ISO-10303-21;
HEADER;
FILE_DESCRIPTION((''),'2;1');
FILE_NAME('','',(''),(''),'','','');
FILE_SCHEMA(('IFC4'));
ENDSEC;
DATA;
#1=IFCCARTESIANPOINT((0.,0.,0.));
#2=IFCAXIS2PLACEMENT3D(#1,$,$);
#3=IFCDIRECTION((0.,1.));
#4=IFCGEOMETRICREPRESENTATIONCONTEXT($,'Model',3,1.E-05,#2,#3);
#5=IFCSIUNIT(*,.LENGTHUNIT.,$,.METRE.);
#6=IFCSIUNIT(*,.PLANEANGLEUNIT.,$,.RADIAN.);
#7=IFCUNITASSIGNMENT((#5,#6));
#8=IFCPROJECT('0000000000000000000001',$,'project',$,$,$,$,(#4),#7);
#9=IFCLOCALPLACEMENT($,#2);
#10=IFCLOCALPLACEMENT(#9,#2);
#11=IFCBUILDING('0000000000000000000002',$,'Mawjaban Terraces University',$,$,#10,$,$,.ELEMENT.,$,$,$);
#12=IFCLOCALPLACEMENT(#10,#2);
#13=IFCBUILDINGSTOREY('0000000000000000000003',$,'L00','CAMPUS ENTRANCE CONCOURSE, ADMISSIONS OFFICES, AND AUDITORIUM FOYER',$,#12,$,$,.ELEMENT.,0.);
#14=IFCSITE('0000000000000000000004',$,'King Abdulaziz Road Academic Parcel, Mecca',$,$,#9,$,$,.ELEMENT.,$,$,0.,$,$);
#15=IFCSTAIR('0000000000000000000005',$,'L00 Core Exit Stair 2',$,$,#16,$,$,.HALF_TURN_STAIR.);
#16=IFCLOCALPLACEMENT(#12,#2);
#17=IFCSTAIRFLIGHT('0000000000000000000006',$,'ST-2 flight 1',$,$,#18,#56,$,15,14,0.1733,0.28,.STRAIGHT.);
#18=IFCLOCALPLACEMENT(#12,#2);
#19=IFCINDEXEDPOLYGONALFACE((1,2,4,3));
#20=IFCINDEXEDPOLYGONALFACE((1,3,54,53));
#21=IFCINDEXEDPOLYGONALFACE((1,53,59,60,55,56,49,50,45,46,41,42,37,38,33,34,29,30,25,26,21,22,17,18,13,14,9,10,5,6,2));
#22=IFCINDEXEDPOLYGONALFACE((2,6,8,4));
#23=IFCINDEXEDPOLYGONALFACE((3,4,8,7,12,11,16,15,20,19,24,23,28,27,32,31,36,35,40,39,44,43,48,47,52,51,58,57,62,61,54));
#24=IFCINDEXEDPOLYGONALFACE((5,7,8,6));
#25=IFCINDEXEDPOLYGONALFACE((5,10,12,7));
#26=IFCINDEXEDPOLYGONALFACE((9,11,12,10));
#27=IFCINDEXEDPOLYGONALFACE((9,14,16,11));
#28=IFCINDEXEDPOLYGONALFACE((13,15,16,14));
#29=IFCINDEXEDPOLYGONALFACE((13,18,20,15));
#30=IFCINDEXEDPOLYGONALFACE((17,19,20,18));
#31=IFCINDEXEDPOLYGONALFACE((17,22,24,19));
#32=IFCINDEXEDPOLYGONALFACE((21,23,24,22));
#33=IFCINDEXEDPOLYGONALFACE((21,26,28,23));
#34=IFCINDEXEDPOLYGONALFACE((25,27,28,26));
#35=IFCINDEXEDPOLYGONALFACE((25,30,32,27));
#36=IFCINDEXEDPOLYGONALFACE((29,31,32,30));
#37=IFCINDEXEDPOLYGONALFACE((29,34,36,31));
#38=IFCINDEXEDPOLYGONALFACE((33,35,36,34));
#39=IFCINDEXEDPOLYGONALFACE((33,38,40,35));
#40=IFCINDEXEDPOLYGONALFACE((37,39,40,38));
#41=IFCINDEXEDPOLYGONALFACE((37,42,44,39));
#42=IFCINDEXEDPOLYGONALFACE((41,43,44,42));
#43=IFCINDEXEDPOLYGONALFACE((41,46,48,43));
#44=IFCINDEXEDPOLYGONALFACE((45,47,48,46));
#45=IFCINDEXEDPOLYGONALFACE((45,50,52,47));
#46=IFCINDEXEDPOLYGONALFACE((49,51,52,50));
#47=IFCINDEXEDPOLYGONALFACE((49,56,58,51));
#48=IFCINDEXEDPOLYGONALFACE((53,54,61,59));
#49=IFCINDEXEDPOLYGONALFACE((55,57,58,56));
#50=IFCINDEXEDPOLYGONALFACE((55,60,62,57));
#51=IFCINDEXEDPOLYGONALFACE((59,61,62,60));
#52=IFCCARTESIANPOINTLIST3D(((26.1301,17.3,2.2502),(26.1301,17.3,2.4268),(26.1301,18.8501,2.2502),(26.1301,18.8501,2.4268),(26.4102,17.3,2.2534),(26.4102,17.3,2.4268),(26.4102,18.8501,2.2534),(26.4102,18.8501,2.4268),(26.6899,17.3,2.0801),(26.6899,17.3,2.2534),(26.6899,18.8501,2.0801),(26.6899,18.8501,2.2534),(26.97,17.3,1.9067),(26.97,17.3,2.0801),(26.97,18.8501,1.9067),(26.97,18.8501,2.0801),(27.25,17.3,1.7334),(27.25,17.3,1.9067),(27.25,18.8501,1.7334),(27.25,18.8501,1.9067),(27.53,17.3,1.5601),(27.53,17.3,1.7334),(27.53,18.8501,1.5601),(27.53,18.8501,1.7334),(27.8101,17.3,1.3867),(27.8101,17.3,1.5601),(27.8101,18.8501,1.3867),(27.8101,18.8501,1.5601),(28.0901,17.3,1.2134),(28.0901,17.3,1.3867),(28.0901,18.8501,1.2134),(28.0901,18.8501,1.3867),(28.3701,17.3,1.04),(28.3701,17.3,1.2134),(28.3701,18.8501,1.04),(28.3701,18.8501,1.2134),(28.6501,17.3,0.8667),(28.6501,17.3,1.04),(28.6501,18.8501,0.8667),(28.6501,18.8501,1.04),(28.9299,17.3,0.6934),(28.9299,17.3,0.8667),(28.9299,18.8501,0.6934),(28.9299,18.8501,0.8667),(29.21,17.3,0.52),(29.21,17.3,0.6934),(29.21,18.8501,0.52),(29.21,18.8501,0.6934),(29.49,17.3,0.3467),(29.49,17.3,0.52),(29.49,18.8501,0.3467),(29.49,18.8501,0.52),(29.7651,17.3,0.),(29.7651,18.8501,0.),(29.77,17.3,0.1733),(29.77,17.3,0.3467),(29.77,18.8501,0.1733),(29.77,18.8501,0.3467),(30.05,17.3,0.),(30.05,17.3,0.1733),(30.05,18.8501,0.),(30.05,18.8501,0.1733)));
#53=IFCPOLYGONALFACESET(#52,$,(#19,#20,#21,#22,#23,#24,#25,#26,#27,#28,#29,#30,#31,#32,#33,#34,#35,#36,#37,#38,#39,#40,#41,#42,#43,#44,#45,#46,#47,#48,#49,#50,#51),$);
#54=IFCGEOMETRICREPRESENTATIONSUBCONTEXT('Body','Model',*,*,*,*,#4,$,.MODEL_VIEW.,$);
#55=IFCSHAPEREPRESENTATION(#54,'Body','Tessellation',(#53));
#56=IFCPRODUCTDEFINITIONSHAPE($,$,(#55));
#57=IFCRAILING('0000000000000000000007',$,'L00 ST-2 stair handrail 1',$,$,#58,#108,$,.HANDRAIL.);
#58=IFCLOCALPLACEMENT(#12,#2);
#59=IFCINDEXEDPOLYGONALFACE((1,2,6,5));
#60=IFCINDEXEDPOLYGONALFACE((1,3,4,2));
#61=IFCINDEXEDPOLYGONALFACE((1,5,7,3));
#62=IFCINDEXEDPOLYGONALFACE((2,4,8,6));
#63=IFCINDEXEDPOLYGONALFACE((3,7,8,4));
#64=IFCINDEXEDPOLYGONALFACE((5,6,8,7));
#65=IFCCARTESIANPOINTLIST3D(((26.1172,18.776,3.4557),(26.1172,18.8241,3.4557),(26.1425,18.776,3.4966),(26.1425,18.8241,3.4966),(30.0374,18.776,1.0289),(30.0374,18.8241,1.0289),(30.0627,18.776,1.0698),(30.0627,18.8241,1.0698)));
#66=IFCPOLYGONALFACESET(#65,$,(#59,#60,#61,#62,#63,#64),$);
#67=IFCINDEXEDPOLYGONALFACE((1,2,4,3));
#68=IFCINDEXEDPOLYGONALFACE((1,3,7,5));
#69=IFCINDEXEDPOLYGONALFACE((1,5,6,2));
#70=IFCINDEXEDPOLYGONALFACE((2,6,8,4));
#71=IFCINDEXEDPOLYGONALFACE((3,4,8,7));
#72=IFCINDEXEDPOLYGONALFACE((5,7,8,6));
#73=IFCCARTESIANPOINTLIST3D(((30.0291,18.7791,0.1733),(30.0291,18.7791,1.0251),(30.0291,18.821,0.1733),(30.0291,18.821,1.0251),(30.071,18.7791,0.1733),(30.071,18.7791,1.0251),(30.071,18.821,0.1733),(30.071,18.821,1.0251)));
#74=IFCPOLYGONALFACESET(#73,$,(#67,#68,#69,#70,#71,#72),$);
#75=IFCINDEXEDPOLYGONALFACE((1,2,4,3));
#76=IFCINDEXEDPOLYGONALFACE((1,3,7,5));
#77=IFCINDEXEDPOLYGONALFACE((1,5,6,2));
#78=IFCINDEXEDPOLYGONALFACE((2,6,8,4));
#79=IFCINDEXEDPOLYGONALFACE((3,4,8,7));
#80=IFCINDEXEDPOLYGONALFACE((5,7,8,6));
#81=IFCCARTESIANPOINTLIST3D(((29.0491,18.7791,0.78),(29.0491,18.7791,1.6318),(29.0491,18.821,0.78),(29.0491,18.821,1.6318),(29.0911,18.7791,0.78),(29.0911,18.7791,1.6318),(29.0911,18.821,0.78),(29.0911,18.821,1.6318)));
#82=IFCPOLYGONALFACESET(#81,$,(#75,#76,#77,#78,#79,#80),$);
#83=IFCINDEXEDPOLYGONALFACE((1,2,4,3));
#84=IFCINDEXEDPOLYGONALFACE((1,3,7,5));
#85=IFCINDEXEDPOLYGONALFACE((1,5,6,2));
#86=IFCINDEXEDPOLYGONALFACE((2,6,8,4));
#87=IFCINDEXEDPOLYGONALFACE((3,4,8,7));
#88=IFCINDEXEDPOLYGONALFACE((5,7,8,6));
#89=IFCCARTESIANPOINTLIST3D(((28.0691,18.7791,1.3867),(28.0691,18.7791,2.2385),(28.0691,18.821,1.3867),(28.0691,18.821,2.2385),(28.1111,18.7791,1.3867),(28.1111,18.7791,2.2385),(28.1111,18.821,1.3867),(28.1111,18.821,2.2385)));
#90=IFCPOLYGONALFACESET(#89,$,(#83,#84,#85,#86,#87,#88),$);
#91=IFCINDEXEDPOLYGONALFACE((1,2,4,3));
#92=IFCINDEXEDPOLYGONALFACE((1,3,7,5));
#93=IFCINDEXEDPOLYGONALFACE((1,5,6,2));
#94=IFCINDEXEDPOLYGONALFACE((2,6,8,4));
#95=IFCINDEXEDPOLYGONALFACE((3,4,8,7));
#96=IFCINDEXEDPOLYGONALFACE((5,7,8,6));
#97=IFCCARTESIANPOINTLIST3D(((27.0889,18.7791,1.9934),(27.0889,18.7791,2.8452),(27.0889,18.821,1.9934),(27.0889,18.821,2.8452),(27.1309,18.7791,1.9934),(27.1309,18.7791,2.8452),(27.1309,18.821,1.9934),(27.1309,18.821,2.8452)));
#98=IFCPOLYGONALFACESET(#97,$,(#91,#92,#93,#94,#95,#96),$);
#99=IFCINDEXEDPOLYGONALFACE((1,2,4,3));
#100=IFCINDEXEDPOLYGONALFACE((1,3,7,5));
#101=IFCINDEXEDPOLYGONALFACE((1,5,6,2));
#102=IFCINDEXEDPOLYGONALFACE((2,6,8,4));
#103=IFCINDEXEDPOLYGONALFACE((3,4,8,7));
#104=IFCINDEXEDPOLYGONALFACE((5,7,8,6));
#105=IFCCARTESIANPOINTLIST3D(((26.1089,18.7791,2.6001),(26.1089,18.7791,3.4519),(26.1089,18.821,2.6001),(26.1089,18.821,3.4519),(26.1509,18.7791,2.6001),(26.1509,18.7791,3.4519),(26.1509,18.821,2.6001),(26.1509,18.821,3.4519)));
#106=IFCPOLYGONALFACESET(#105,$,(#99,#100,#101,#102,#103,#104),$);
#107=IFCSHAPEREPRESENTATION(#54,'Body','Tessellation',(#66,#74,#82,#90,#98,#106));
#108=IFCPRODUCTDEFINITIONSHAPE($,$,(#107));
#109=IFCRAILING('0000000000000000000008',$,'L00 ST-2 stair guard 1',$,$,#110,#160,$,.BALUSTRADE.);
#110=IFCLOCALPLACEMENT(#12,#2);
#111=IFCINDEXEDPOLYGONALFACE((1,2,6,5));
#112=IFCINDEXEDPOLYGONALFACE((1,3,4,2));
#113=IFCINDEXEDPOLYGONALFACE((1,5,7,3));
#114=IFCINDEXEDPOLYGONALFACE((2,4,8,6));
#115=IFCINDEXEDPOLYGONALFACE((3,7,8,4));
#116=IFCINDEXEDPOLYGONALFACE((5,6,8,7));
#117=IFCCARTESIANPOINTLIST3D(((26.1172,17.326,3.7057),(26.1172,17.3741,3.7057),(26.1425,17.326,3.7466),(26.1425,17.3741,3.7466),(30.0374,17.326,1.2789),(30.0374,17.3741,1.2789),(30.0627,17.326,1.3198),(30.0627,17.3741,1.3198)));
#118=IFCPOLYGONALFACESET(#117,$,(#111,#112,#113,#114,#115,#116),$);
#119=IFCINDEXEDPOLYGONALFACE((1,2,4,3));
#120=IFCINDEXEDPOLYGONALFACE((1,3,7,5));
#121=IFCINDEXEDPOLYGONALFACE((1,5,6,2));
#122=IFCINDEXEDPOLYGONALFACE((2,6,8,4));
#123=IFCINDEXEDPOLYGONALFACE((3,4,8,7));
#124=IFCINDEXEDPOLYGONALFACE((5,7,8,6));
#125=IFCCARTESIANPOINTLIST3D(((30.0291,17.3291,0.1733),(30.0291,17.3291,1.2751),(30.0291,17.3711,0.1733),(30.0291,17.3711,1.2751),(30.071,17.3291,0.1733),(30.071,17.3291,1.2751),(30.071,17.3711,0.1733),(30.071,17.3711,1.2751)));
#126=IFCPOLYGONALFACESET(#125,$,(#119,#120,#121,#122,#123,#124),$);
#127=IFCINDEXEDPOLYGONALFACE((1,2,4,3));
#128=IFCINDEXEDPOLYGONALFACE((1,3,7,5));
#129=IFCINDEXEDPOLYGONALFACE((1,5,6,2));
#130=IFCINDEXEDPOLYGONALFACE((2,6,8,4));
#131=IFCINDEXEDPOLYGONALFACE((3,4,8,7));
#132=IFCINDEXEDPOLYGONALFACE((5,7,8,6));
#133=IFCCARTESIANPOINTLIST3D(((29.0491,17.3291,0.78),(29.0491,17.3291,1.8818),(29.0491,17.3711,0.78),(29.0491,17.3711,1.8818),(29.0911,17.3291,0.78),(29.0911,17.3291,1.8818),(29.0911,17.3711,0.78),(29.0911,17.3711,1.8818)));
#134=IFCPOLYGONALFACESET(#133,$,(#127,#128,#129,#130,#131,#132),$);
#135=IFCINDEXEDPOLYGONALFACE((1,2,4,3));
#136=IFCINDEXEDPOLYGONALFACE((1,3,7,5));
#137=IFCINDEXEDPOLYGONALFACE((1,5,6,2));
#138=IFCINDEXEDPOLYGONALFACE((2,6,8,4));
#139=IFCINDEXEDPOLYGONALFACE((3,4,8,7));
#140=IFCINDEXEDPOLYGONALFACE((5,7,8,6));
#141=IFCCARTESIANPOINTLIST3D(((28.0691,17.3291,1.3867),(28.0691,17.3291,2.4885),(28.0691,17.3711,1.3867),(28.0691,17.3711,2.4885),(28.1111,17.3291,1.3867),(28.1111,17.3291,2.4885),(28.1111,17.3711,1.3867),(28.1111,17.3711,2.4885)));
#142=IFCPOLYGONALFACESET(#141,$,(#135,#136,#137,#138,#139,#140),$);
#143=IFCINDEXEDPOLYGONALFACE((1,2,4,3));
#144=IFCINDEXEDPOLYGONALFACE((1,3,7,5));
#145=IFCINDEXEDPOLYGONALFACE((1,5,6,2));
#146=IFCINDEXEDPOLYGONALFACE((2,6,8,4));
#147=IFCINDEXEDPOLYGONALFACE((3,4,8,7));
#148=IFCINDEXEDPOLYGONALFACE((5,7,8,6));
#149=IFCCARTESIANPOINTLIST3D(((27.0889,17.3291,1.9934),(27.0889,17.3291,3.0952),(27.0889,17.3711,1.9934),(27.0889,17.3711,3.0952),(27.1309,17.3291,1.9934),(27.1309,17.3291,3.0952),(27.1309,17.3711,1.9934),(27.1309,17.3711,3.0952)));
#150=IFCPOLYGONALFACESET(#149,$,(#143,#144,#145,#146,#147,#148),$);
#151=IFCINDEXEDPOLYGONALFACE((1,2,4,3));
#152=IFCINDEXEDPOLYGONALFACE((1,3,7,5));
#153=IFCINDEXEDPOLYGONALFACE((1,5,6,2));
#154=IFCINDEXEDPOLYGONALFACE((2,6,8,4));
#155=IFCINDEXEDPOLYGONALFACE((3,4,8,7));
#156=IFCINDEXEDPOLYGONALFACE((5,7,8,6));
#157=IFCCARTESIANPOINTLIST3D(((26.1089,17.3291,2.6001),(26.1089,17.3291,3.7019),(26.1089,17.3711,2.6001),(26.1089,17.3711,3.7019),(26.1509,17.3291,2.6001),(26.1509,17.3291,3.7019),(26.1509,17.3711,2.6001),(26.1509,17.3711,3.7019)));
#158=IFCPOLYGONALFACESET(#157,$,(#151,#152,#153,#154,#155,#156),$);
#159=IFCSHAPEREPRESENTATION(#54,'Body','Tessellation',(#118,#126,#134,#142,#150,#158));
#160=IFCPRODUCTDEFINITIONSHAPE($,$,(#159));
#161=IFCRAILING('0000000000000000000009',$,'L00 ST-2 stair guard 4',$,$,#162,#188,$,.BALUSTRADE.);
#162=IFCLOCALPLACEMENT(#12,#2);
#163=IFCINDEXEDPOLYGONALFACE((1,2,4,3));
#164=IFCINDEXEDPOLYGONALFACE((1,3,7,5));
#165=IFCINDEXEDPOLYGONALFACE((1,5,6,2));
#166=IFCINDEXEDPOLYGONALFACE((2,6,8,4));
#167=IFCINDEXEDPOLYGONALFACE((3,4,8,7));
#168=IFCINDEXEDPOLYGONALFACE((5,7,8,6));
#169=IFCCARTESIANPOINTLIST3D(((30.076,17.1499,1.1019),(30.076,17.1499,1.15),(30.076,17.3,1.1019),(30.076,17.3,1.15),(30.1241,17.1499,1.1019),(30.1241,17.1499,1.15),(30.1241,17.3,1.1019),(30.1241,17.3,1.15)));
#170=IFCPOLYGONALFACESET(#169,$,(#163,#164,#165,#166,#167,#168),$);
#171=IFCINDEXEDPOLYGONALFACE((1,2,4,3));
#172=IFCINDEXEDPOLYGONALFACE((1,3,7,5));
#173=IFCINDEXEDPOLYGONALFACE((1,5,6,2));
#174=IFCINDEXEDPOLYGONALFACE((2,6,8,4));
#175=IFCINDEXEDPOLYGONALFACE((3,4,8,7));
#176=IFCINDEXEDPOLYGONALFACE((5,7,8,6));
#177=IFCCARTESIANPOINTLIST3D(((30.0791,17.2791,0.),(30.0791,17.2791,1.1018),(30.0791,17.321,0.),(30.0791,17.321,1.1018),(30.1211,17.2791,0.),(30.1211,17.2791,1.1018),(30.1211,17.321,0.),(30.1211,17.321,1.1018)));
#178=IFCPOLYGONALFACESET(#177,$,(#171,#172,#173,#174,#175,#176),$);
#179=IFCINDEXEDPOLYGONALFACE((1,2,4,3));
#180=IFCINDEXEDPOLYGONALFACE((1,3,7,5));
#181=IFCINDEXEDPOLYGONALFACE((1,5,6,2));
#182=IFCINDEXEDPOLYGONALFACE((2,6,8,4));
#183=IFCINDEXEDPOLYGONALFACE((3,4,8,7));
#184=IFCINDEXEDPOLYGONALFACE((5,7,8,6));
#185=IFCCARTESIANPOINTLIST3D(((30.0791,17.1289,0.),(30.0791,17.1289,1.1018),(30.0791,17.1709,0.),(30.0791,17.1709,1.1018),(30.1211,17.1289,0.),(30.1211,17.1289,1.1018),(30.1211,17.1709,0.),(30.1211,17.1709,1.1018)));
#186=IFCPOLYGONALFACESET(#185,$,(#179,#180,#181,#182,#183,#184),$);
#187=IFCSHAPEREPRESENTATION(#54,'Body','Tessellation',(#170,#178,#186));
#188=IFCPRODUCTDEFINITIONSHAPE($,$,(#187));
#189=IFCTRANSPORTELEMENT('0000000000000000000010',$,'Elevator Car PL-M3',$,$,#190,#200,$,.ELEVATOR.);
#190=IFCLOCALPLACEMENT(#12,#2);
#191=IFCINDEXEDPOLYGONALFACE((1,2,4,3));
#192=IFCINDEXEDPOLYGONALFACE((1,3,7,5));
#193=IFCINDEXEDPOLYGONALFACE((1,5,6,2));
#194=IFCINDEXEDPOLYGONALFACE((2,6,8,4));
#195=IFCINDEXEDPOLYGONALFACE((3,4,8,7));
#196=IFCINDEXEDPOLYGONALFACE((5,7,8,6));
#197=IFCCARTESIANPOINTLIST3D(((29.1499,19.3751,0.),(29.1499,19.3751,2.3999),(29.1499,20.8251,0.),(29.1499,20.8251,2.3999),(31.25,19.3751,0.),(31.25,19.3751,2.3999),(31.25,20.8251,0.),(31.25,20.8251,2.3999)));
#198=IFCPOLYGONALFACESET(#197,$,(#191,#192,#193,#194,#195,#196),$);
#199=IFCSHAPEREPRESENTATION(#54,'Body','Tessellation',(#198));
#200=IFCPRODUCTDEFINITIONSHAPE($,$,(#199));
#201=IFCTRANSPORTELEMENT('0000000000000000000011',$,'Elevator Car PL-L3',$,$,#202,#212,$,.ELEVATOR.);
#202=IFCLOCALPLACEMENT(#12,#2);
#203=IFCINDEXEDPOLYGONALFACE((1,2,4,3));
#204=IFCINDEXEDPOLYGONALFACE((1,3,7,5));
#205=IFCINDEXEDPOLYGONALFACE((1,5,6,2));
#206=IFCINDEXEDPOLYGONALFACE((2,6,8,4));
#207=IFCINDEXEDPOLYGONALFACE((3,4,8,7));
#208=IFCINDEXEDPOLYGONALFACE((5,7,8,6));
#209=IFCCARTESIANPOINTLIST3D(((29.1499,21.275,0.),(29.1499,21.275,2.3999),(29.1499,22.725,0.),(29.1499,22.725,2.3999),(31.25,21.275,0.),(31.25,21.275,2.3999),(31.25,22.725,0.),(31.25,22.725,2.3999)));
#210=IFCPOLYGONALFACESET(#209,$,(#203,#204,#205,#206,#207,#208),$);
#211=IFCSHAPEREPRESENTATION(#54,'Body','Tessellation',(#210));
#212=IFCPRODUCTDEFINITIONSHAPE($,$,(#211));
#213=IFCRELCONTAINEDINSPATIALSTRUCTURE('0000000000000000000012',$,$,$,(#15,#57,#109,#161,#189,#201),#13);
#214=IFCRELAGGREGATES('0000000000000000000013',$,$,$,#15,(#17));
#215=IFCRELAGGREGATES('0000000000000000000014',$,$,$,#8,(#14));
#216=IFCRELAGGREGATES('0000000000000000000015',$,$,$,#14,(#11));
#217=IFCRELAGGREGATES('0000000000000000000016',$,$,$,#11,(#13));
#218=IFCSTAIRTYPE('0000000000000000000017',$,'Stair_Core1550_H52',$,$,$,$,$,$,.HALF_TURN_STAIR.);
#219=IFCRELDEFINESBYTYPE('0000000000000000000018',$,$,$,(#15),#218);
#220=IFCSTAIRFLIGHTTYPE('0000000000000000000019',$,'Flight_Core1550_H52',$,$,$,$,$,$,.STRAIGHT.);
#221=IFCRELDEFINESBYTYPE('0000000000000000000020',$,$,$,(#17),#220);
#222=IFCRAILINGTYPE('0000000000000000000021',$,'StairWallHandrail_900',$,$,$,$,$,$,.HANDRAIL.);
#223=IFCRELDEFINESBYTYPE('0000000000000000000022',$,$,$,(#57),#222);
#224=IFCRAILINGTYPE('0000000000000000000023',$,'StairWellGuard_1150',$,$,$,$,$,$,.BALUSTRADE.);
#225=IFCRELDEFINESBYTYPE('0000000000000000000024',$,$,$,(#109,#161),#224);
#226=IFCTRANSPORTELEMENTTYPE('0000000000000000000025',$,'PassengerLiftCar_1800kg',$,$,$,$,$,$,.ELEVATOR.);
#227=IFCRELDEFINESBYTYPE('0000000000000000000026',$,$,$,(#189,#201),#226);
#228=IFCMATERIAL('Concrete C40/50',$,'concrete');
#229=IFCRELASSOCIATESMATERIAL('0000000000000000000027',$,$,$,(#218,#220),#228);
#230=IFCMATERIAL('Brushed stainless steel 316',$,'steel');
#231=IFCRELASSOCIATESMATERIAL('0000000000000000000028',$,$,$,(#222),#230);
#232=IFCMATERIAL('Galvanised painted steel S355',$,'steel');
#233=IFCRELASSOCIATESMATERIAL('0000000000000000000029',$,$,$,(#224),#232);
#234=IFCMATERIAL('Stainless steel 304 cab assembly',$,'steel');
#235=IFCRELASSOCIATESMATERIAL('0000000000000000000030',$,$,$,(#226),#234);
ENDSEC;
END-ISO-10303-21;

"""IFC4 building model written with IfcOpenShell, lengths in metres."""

from ifc_helpers import new_model, si_unit, direction, frame, origin, origin_2d, place, context, subcontext, project, spatial, polyline, rectangle, outline, extrude, material, type_object, element, aggregate, save


model = new_model("IFC4")

# Units and contexts
model_context = context("Model", 3, precision=1e-05, world=origin(), true_north=direction((0.0, 1.0)))
body_context = subcontext(model_context, "Body", "Model", "MODEL_VIEW")
ifc_project = project(units=[si_unit("LENGTHUNIT", "METRE"), si_unit("PLANEANGLEUNIT", "RADIAN")], contexts=[model_context])

# Site, building, storey
site_placement = place(None, origin())
site = spatial("IfcSite", under=ifc_project, at=site_placement, Name="King Abdulaziz Road Academic Parcel, Mecca", CompositionType="ELEMENT", RefElevation=0.0)
building_placement = place(site_placement, origin())
building = spatial("IfcBuilding", under=site, at=building_placement, Name="Mawjaban Terraces University", CompositionType="ELEMENT")
storey_placement = place(building_placement, origin())
storey = spatial("IfcBuildingStorey", under=building, at=storey_placement, Name="L00", Description="CAMPUS ENTRANCE CONCOURSE, ADMISSIONS OFFICES, AND AUDITORIUM FOYER", CompositionType="ELEMENT", Elevation=0.0)

# Shared definitions
ifc_material_1 = material(Name="Concrete C40/50", Category="concrete")

# Stair, stair flight
stair_type = type_object("IfcStairType", Name="Stair_Core1550_H52", PredefinedType="HALF_TURN_STAIR", material=ifc_material_1)
stair_placement = place(storey_placement, origin())
stair = element("IfcStair", 1, at=stair_placement, inside=storey, type_object=stair_type, Name="L00 Core Exit Stair 2", PredefinedType="HALF_TURN_STAIR")
stair_flight_type = type_object("IfcStairFlightType", Name="Flight_Core1550_H52", PredefinedType="STRAIGHT", material=ifc_material_1)
stair_flight_placement = place(storey_placement, frame((30.05, 18.075, 0.0), z_axis=(0.0, 0.0, 1.0), x_axis=(-1.0, 0.0, 0.0)))
stair_flight = element("IfcStairFlight", 2, at=stair_flight_placement, type_object=stair_flight_type, Name="ST-2 flight 1", NumberOfRisers=15, NumberOfTreads=14, PredefinedType="STRAIGHT", RiserHeight=0.1733, TreadLength=0.28, context=body_context, shape_type="SweptSolid", body=[
    extrude(outline(polyline([(0.0, 0.0), (0.0, 0.1733), (0.28, 0.1733), (0.28, 0.3467), (0.5601, 0.3467), (0.5601, 0.52), (0.8401, 0.52), (0.8401, 0.6934), (1.1201, 0.6934), (1.1201, 0.8667), (1.3999, 0.8667), (1.3999, 1.04), (1.6799, 1.04), (1.6799, 1.2134), (1.96, 1.2134), (1.96, 1.3867), (2.24, 1.3867), (2.24, 1.5601), (2.52, 1.5601), (2.52, 1.7334), (2.8, 1.7334), (2.8, 1.9067), (3.0801, 1.9067), (3.0801, 2.0801), (3.3601, 2.0801), (3.3601, 2.2534), (3.6399, 2.2534), (3.6399, 2.4268), (3.9199, 2.4268), (3.9199, 2.6001), (3.9199, 2.2502), (0.2849, 0.0), (0.0, 0.0)])), frame((0.0, 0.7749, 0.0), z_axis=(0.0, -1.0, 0.0), x_axis=(1.0, 0.0, 0.0)), (0.0, 0.0, 1.0), 1.55),
])
aggregate(stair, [stair_flight])

# Railings
ifc_material_2 = material(Name="Brushed stainless steel 316", Category="steel")
railing_type_1 = type_object("IfcRailingType", Name="StairWallHandrail_900", PredefinedType="HANDRAIL", material=ifc_material_2)
railing_1_placement = place(storey_placement, frame((30.05, 18.8, 0.1733)))
element("IfcRailing", 3, at=railing_1_placement, inside=storey, type_object=railing_type_1, Name="L00 ST-2 stair handrail 1", PredefinedType="HANDRAIL", context=body_context, shape_type="SweptSolid", body=[
    extrude(rectangle(XDim=0.0481, YDim=0.0481, at=origin_2d()), frame((0.0, 0.0, 0.876), z_axis=(-0.850266, 0.0, 0.526353), x_axis=(0.0, -1.0, 0.0)), (0.0, 0.0, 1.0), 4.6106),
    extrude(rectangle(XDim=0.042, YDim=0.042, at=origin_2d()), origin(), (0.0, 0.0, 1.0), 0.8518),
    extrude(rectangle(XDim=0.042, YDim=0.042, at=origin_2d()), frame((-0.98, 0.0, 0.6067)), (0.0, 0.0, 1.0), 0.8518),
    extrude(rectangle(XDim=0.042, YDim=0.042, at=origin_2d()), frame((-1.96, 0.0, 1.2134)), (0.0, 0.0, 1.0), 0.8518),
    extrude(rectangle(XDim=0.042, YDim=0.042, at=origin_2d()), frame((-2.9402, 0.0, 1.8201)), (0.0, 0.0, 1.0), 0.8518),
    extrude(rectangle(XDim=0.042, YDim=0.042, at=origin_2d()), frame((-3.9202, 0.0, 2.4268)), (0.0, 0.0, 1.0), 0.8518),
])
ifc_material_3 = material(Name="Galvanised painted steel S355", Category="steel")
railing_type_2 = type_object("IfcRailingType", Name="StairWellGuard_1150", PredefinedType="BALUSTRADE", material=ifc_material_3)
railing_2_placement = place(storey_placement, frame((30.05, 17.3501, 0.1733)))
element("IfcRailing", 4, at=railing_2_placement, inside=storey, type_object=railing_type_2, Name="L00 ST-2 stair guard 1", PredefinedType="BALUSTRADE", context=body_context, shape_type="SweptSolid", body=[
    extrude(rectangle(XDim=0.0481, YDim=0.0481, at=origin_2d()), frame((0.0, 0.0, 1.126), z_axis=(-0.850266, 0.0, 0.526353), x_axis=(0.0, -1.0, 0.0)), (0.0, 0.0, 1.0), 4.6106),
    extrude(rectangle(XDim=0.042, YDim=0.042, at=origin_2d()), origin(), (0.0, 0.0, 1.0), 1.1018),
    extrude(rectangle(XDim=0.042, YDim=0.042, at=origin_2d()), frame((-0.98, 0.0, 0.6067)), (0.0, 0.0, 1.0), 1.1018),
    extrude(rectangle(XDim=0.042, YDim=0.042, at=origin_2d()), frame((-1.96, 0.0, 1.2134)), (0.0, 0.0, 1.0), 1.1018),
    extrude(rectangle(XDim=0.042, YDim=0.042, at=origin_2d()), frame((-2.9402, 0.0, 1.8201)), (0.0, 0.0, 1.0), 1.1018),
    extrude(rectangle(XDim=0.042, YDim=0.042, at=origin_2d()), frame((-3.9202, 0.0, 2.4268)), (0.0, 0.0, 1.0), 1.1018),
])
railing_3_placement = place(storey_placement, frame((30.1001, 17.3, 0.0)))
element("IfcRailing", 5, at=railing_3_placement, inside=storey, type_object=railing_type_2, Name="L00 ST-2 stair guard 4", PredefinedType="BALUSTRADE", context=body_context, shape_type="SweptSolid", body=[
    extrude(rectangle(XDim=0.0481, YDim=0.0481, at=origin_2d()), frame((0.0, 0.0, 1.126), z_axis=(0.0, -1.0, 0.0), x_axis=(1.0, 0.0, 0.0)), (0.0, 0.0, 1.0), 0.1501),
    extrude(rectangle(XDim=0.042, YDim=0.042, at=origin_2d()), origin(), (0.0, 0.0, 1.0), 1.1018),
    extrude(rectangle(XDim=0.042, YDim=0.042, at=origin_2d()), frame((0.0, -0.1501, 0.0)), (0.0, 0.0, 1.0), 1.1018),
])

# Transport elements
ifc_material_4 = material(Name="Stainless steel 304 cab assembly", Category="steel")
transport_element_type = type_object("IfcTransportElementType", Name="PassengerLiftCar_1800kg", PredefinedType="ELEVATOR", material=ifc_material_4)
for number, where, z_axis, x_axis, name in (
    (6, (30.2, 20.1001, 0.0), (0.0, 0.0, 1.0), (1.0, 0.0, 0.0), "Elevator Car PL-M3"),
    (7, (30.2, 22.0, 0.0), (0.0, 0.0, 1.0), (1.0, 0.0, 0.0), "Elevator Car PL-L3"),
):
    element("IfcTransportElement", number, at=place(storey_placement, frame(where, z_axis=z_axis, x_axis=x_axis)), inside=storey, type_object=transport_element_type, Name=name, PredefinedType="ELEVATOR", context=body_context, shape_type="SweptSolid", body=[
        extrude(rectangle(XDim=2.1001, YDim=1.45, at=origin_2d()), origin(), (0.0, 0.0, 1.0), 2.3999),
    ])

save(model, "model.ifc")
